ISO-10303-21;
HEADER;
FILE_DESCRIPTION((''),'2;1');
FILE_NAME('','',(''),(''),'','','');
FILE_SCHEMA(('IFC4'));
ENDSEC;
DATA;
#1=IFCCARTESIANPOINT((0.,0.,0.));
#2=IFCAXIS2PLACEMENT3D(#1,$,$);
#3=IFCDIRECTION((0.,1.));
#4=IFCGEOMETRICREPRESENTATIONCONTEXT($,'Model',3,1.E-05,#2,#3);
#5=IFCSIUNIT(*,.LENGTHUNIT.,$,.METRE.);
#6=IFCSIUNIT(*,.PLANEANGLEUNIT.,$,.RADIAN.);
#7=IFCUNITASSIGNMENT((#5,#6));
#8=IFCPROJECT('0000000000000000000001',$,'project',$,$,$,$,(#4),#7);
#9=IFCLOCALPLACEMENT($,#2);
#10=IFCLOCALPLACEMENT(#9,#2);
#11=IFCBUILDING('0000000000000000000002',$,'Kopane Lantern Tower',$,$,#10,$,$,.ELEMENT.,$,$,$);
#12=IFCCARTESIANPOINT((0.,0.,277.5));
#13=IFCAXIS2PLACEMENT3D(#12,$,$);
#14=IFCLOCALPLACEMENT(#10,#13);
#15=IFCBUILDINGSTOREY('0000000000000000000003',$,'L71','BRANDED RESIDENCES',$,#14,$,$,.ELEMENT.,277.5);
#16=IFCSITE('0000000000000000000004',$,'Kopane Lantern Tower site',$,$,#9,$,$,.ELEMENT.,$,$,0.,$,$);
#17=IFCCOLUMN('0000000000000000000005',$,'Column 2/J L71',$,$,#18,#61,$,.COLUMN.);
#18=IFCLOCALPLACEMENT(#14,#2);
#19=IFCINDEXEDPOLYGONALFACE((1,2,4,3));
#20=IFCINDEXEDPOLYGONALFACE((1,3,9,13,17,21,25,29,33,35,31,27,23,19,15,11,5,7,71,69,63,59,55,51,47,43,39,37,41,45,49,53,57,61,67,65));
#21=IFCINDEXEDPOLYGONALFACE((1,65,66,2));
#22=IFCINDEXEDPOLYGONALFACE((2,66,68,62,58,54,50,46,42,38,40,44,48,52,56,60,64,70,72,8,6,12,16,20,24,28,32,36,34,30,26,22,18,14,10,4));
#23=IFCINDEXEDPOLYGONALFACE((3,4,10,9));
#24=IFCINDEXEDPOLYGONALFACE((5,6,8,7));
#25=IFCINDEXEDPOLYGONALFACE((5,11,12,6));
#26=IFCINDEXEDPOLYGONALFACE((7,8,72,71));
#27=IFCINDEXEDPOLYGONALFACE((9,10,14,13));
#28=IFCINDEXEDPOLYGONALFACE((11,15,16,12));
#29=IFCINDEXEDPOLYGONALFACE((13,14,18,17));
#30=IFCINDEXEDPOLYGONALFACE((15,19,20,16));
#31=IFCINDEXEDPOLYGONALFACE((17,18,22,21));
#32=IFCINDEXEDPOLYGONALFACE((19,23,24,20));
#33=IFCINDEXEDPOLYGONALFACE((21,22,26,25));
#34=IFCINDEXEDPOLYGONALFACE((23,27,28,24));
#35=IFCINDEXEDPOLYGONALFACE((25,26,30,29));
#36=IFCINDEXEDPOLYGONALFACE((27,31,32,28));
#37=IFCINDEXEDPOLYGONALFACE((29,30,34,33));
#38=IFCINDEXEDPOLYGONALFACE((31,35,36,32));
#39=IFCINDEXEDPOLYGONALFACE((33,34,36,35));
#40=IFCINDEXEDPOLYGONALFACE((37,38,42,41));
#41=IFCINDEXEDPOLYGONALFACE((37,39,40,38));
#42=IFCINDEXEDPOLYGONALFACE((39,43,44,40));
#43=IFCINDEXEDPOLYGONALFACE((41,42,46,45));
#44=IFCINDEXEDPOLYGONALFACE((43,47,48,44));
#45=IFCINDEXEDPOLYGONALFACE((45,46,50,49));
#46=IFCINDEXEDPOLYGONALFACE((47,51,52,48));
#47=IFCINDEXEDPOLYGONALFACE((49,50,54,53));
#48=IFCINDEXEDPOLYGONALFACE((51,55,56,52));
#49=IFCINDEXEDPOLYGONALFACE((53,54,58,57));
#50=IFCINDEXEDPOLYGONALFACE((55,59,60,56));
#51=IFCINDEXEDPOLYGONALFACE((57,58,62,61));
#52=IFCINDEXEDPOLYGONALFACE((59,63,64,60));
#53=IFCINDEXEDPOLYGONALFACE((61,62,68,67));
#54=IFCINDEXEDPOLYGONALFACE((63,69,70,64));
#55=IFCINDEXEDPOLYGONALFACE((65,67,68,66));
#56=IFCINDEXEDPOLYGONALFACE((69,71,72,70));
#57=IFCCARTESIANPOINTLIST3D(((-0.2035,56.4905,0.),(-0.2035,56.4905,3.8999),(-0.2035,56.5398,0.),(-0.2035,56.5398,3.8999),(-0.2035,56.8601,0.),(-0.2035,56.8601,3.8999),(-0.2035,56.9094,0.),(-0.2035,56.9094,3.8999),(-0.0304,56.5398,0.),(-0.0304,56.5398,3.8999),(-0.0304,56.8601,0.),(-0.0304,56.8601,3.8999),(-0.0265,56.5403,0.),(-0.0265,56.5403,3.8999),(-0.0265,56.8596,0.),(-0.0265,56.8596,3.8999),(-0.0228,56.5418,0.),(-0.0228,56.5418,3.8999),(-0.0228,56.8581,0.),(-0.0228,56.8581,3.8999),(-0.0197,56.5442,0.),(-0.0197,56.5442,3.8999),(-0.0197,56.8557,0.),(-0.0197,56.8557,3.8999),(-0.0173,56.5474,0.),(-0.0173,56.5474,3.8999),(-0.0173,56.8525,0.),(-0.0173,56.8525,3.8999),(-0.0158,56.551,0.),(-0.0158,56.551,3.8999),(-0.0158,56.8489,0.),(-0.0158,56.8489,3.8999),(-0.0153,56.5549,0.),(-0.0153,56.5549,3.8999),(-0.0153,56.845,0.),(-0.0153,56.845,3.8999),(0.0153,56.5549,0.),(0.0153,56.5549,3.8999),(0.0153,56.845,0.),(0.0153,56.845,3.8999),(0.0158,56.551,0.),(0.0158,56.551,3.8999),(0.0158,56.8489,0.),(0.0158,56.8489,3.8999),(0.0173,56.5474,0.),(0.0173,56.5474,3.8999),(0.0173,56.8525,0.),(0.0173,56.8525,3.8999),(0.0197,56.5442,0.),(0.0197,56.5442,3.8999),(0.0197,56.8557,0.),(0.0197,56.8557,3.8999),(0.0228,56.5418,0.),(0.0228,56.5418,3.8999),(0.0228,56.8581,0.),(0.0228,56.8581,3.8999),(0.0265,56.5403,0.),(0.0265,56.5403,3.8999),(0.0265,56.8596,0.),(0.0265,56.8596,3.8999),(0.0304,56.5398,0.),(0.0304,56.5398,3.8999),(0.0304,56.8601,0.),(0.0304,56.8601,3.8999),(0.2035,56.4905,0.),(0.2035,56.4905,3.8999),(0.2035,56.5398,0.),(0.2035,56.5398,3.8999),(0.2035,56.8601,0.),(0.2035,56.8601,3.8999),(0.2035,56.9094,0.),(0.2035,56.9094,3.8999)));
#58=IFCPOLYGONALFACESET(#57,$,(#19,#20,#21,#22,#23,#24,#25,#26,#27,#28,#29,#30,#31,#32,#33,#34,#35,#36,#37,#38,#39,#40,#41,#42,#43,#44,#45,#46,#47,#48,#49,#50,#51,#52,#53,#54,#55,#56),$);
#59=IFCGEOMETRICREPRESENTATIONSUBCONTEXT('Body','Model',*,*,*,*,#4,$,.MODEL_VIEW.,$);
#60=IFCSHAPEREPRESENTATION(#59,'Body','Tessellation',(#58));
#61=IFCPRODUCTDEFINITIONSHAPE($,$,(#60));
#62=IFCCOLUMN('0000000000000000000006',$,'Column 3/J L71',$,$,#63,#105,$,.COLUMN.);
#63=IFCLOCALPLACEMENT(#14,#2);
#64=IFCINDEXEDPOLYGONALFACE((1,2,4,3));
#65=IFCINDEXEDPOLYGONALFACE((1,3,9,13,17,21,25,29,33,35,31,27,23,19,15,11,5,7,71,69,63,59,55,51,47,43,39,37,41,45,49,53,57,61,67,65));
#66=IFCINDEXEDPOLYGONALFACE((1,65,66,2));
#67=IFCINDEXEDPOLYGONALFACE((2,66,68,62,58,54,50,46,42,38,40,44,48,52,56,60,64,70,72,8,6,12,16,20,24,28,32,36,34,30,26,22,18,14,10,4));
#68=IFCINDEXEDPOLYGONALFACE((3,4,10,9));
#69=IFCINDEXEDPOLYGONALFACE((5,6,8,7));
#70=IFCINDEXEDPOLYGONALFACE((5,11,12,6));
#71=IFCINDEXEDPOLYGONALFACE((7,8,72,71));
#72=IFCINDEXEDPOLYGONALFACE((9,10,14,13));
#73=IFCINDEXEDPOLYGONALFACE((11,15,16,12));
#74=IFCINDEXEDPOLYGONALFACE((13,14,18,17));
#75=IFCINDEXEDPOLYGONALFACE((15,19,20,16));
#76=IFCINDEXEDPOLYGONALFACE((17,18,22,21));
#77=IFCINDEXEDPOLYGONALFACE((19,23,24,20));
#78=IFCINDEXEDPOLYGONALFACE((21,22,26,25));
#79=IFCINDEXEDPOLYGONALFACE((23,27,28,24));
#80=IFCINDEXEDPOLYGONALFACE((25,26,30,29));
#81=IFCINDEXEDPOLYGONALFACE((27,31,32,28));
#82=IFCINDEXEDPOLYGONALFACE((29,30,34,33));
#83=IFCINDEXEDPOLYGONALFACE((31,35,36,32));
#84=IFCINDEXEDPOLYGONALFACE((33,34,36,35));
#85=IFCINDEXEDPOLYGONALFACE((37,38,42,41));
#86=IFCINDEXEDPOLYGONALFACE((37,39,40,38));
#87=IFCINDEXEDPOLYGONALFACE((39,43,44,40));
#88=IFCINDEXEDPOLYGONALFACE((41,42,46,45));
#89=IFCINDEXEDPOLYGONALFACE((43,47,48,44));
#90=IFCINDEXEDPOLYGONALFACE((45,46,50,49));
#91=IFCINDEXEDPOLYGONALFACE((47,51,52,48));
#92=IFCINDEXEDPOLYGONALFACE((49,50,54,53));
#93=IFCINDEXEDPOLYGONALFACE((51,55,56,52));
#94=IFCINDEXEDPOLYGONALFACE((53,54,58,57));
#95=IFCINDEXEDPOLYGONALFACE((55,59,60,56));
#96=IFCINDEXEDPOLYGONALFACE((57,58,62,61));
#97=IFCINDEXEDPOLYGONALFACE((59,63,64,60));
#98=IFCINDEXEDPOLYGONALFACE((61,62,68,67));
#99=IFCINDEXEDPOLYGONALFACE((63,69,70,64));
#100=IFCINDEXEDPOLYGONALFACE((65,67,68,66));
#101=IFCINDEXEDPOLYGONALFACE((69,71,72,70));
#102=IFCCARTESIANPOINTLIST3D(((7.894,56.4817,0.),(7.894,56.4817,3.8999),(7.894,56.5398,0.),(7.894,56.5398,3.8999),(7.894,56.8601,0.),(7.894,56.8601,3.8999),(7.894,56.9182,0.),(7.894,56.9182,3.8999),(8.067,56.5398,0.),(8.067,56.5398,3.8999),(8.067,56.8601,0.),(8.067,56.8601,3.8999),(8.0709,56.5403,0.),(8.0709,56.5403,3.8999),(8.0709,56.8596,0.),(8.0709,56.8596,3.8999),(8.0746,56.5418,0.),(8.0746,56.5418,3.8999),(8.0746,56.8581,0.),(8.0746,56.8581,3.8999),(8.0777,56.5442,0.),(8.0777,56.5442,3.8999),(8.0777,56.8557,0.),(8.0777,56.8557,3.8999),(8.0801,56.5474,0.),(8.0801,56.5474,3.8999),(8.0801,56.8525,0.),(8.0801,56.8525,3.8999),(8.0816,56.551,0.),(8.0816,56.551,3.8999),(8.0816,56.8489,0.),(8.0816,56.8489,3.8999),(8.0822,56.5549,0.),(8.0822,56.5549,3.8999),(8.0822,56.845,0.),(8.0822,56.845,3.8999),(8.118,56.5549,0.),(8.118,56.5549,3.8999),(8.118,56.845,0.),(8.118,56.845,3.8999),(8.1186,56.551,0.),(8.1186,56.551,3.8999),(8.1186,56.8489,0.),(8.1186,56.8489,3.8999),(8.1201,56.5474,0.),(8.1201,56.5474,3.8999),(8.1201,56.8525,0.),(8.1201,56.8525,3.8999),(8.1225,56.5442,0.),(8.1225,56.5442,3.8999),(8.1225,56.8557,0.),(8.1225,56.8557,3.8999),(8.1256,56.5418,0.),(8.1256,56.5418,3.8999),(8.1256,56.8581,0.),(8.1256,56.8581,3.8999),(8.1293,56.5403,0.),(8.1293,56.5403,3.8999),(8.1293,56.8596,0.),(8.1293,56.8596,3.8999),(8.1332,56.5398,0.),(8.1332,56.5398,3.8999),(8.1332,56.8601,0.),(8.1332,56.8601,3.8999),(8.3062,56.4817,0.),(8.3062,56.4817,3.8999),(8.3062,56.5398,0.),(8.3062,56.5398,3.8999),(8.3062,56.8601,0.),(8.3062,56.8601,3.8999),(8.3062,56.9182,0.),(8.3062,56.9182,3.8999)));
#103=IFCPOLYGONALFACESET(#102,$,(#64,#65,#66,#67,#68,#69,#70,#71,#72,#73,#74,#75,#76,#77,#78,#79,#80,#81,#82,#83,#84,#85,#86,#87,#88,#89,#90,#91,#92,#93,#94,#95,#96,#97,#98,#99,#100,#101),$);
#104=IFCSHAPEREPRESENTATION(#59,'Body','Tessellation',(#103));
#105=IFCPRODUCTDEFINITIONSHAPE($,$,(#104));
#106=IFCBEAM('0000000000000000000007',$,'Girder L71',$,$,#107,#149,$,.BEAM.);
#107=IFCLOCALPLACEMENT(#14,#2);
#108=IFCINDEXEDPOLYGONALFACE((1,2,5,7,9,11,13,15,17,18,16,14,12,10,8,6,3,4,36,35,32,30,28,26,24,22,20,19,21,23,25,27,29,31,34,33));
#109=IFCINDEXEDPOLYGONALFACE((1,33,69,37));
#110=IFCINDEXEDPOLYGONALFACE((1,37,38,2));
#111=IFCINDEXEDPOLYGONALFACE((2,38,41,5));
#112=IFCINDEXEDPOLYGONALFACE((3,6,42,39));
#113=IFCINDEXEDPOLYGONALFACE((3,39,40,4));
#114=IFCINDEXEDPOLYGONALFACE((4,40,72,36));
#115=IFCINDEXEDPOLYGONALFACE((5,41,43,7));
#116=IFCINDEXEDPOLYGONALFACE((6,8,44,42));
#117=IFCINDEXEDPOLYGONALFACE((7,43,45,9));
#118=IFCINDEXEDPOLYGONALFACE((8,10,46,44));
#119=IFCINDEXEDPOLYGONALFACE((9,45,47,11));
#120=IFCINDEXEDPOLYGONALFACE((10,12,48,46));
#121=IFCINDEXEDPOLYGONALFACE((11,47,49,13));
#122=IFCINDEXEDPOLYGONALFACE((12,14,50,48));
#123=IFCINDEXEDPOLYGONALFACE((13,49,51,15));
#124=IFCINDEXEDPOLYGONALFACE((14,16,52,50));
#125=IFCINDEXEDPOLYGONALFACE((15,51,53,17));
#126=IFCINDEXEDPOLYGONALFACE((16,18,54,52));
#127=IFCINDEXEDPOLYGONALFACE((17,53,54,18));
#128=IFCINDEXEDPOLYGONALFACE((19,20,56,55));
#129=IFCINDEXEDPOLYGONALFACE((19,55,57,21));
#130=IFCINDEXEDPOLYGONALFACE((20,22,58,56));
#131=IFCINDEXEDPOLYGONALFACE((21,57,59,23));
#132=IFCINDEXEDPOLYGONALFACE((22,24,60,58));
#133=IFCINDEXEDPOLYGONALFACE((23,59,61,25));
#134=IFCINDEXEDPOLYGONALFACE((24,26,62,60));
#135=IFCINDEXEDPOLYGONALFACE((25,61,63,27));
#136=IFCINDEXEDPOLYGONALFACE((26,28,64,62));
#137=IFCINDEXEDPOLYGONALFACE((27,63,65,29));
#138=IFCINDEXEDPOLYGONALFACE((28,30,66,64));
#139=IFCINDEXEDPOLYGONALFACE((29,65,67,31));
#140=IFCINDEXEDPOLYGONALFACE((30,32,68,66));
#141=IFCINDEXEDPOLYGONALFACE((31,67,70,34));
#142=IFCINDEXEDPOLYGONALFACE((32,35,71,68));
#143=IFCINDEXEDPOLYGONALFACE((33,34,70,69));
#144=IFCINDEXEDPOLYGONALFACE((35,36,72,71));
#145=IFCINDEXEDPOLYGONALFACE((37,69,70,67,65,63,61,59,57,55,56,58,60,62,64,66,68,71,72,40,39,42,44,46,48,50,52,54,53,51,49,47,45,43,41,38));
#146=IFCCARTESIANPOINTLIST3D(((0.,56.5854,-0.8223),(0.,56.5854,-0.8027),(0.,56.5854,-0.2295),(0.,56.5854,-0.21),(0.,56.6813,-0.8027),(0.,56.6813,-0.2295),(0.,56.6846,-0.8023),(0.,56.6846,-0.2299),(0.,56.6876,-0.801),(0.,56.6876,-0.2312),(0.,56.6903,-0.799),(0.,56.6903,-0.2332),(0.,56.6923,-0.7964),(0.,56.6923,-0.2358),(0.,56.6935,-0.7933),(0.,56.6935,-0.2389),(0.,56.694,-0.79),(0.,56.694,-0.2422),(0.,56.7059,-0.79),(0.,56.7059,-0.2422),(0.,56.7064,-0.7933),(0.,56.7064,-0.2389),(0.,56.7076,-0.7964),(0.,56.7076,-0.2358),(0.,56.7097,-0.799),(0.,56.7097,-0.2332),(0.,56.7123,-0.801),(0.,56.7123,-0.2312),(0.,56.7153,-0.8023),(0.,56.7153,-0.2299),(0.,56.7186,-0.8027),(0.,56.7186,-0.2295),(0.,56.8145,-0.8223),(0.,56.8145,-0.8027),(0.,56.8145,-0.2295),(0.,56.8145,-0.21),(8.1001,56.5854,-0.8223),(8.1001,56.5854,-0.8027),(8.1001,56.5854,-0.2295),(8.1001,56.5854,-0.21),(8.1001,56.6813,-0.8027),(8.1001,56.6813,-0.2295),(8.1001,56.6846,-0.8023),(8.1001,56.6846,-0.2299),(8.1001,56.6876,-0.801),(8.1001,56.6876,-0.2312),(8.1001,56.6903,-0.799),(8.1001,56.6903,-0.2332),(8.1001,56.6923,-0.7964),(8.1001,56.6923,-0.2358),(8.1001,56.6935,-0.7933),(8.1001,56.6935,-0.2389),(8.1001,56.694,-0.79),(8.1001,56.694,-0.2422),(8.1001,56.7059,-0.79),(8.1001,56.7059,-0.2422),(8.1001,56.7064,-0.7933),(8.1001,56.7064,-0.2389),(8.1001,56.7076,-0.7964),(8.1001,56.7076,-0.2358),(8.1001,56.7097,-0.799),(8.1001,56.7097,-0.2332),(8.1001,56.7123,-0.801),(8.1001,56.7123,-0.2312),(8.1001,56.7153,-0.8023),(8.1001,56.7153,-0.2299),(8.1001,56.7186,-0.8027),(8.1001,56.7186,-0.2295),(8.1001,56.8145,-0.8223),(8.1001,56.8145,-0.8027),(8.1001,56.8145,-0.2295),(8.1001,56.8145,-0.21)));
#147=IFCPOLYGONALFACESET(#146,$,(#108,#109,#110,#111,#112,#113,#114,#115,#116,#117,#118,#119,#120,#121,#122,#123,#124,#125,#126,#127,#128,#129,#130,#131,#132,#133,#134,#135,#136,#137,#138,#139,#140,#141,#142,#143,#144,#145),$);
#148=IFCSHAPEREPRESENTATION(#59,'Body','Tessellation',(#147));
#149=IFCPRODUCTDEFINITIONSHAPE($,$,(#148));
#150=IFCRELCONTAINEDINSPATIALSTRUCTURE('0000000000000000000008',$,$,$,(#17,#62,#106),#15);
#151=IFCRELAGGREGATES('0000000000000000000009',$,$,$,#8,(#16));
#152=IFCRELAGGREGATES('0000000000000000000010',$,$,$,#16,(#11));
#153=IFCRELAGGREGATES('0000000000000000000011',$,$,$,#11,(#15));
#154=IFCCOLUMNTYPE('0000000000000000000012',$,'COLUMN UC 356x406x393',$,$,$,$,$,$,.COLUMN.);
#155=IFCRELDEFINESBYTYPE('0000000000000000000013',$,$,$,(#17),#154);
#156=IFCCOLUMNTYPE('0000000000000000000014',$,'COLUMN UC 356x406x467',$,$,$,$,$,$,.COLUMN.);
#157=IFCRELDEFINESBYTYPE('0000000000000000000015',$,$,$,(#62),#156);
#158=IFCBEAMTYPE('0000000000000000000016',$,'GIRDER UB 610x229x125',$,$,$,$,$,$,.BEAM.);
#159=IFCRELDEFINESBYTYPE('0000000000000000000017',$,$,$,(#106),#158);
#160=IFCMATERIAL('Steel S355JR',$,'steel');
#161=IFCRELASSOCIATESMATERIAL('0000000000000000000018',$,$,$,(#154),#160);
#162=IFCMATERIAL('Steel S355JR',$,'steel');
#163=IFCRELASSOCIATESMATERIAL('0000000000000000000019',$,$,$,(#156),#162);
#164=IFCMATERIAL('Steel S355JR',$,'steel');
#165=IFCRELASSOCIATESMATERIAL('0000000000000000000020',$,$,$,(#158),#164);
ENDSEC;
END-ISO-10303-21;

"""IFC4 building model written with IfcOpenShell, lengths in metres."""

from ifc_helpers import new_model, si_unit, direction, frame, origin, origin_2d, place, context, subcontext, project, spatial, i_section, extrude, material, material_profile, profile_set, type_object, element, save


model = new_model("IFC4")

# Units and contexts
model_context = context("Model", 3, precision=1e-05, world=origin(), true_north=direction((0.0, 1.0)))
body_context = subcontext(model_context, "Body", "Model", "MODEL_VIEW")
ifc_project = project(units=[si_unit("LENGTHUNIT", "METRE"), si_unit("PLANEANGLEUNIT", "RADIAN")], contexts=[model_context])

# Site, building, storey
site_placement = place(None, origin())
site = spatial("IfcSite", under=ifc_project, at=site_placement, Name="Kopane Lantern Tower site", CompositionType="ELEMENT", RefElevation=0.0)
building_placement = place(site_placement, origin())
building = spatial("IfcBuilding", under=site, at=building_placement, Name="Kopane Lantern Tower", CompositionType="ELEMENT")
storey_placement = place(building_placement, frame((0.0, 0.0, 277.5)))
storey = spatial("IfcBuildingStorey", under=building, at=storey_placement, Name="L71", Description="BRANDED RESIDENCES", CompositionType="ELEMENT", Elevation=277.5)

# Columns
ifc_material_1 = material(Name="Steel S355JR", Category="steel")
ifc_material_profile_1 = material_profile(ifc_material_1, i_section(OverallWidth=0.407, OverallDepth=0.4189, WebThickness=0.0305, FlangeThickness=0.0493, FilletRadius=0.0151, at=origin_2d()), Name="UC 356x406x393")
ifc_profile_set_1 = profile_set([ifc_material_profile_1], Name="Steel S355JR")
column_type_1 = type_object("IfcColumnType", Name="COLUMN UC 356x406x393", PredefinedType="COLUMN", material=ifc_profile_set_1)
column_1_placement = place(storey_placement, frame((0.0, 56.7, 0.0), z_axis=(0.0, 0.0, 1.0), x_axis=(1.0, 0.0, 0.0)))
element("IfcColumn", 1, at=column_1_placement, inside=storey, type_object=column_type_1, Name="Column 2/J L71", PredefinedType="COLUMN", context=body_context, shape_type="SweptSolid", body=[
    extrude(i_section(OverallWidth=0.407, OverallDepth=0.4189, WebThickness=0.0305, FlangeThickness=0.0493, FilletRadius=0.0151, at=origin_2d()), origin(), (0.0, 0.0, 1.0), 3.8999),
])
ifc_material_2 = material(Name="Steel S355JR", Category="steel")
ifc_material_profile_2 = material_profile(ifc_material_2, i_section(OverallWidth=0.4121, OverallDepth=0.4365, WebThickness=0.0359, FlangeThickness=0.0581, FilletRadius=0.0151, at=origin_2d()), Name="UC 356x406x467")
ifc_profile_set_2 = profile_set([ifc_material_profile_2], Name="Steel S355JR")
column_type_2 = type_object("IfcColumnType", Name="COLUMN UC 356x406x467", PredefinedType="COLUMN", material=ifc_profile_set_2)
column_2_placement = place(storey_placement, frame((8.1001, 56.7, 0.0), z_axis=(0.0, 0.0, 1.0), x_axis=(1.0, 0.0, 0.0)))
element("IfcColumn", 2, at=column_2_placement, inside=storey, type_object=column_type_2, Name="Column 3/J L71", PredefinedType="COLUMN", context=body_context, shape_type="SweptSolid", body=[
    extrude(i_section(OverallWidth=0.4121, OverallDepth=0.4365, WebThickness=0.0359, FlangeThickness=0.0581, FilletRadius=0.0151, at=origin_2d()), origin(), (0.0, 0.0, 1.0), 3.8999),
])

# Beam
ifc_material_3 = material(Name="Steel S355JR", Category="steel")
ifc_material_profile_3 = material_profile(ifc_material_3, i_section(OverallWidth=0.229, OverallDepth=0.6123, WebThickness=0.012, FlangeThickness=0.0195, FilletRadius=0.0127, at=origin_2d()), Name="UB 610x229x125")
ifc_profile_set_3 = profile_set([ifc_material_profile_3], Name="Steel S355JR")
beam_type = type_object("IfcBeamType", Name="GIRDER UB 610x229x125", PredefinedType="BEAM", material=ifc_profile_set_3)
beam_placement = place(storey_placement, frame((0.0, 56.7, -0.5161), z_axis=(1.0, 0.0, 0.0), x_axis=(0.0, 1.0, 0.0)))
element("IfcBeam", 3, at=beam_placement, inside=storey, type_object=beam_type, Name="Girder L71", PredefinedType="BEAM", context=body_context, shape_type="SweptSolid", body=[
    extrude(i_section(OverallWidth=0.229, OverallDepth=0.6123, WebThickness=0.012, FlangeThickness=0.0195, FilletRadius=0.0127, at=origin_2d()), origin(), (0.0, 0.0, 1.0), 8.1001),
])

save(model, "model.ifc")
